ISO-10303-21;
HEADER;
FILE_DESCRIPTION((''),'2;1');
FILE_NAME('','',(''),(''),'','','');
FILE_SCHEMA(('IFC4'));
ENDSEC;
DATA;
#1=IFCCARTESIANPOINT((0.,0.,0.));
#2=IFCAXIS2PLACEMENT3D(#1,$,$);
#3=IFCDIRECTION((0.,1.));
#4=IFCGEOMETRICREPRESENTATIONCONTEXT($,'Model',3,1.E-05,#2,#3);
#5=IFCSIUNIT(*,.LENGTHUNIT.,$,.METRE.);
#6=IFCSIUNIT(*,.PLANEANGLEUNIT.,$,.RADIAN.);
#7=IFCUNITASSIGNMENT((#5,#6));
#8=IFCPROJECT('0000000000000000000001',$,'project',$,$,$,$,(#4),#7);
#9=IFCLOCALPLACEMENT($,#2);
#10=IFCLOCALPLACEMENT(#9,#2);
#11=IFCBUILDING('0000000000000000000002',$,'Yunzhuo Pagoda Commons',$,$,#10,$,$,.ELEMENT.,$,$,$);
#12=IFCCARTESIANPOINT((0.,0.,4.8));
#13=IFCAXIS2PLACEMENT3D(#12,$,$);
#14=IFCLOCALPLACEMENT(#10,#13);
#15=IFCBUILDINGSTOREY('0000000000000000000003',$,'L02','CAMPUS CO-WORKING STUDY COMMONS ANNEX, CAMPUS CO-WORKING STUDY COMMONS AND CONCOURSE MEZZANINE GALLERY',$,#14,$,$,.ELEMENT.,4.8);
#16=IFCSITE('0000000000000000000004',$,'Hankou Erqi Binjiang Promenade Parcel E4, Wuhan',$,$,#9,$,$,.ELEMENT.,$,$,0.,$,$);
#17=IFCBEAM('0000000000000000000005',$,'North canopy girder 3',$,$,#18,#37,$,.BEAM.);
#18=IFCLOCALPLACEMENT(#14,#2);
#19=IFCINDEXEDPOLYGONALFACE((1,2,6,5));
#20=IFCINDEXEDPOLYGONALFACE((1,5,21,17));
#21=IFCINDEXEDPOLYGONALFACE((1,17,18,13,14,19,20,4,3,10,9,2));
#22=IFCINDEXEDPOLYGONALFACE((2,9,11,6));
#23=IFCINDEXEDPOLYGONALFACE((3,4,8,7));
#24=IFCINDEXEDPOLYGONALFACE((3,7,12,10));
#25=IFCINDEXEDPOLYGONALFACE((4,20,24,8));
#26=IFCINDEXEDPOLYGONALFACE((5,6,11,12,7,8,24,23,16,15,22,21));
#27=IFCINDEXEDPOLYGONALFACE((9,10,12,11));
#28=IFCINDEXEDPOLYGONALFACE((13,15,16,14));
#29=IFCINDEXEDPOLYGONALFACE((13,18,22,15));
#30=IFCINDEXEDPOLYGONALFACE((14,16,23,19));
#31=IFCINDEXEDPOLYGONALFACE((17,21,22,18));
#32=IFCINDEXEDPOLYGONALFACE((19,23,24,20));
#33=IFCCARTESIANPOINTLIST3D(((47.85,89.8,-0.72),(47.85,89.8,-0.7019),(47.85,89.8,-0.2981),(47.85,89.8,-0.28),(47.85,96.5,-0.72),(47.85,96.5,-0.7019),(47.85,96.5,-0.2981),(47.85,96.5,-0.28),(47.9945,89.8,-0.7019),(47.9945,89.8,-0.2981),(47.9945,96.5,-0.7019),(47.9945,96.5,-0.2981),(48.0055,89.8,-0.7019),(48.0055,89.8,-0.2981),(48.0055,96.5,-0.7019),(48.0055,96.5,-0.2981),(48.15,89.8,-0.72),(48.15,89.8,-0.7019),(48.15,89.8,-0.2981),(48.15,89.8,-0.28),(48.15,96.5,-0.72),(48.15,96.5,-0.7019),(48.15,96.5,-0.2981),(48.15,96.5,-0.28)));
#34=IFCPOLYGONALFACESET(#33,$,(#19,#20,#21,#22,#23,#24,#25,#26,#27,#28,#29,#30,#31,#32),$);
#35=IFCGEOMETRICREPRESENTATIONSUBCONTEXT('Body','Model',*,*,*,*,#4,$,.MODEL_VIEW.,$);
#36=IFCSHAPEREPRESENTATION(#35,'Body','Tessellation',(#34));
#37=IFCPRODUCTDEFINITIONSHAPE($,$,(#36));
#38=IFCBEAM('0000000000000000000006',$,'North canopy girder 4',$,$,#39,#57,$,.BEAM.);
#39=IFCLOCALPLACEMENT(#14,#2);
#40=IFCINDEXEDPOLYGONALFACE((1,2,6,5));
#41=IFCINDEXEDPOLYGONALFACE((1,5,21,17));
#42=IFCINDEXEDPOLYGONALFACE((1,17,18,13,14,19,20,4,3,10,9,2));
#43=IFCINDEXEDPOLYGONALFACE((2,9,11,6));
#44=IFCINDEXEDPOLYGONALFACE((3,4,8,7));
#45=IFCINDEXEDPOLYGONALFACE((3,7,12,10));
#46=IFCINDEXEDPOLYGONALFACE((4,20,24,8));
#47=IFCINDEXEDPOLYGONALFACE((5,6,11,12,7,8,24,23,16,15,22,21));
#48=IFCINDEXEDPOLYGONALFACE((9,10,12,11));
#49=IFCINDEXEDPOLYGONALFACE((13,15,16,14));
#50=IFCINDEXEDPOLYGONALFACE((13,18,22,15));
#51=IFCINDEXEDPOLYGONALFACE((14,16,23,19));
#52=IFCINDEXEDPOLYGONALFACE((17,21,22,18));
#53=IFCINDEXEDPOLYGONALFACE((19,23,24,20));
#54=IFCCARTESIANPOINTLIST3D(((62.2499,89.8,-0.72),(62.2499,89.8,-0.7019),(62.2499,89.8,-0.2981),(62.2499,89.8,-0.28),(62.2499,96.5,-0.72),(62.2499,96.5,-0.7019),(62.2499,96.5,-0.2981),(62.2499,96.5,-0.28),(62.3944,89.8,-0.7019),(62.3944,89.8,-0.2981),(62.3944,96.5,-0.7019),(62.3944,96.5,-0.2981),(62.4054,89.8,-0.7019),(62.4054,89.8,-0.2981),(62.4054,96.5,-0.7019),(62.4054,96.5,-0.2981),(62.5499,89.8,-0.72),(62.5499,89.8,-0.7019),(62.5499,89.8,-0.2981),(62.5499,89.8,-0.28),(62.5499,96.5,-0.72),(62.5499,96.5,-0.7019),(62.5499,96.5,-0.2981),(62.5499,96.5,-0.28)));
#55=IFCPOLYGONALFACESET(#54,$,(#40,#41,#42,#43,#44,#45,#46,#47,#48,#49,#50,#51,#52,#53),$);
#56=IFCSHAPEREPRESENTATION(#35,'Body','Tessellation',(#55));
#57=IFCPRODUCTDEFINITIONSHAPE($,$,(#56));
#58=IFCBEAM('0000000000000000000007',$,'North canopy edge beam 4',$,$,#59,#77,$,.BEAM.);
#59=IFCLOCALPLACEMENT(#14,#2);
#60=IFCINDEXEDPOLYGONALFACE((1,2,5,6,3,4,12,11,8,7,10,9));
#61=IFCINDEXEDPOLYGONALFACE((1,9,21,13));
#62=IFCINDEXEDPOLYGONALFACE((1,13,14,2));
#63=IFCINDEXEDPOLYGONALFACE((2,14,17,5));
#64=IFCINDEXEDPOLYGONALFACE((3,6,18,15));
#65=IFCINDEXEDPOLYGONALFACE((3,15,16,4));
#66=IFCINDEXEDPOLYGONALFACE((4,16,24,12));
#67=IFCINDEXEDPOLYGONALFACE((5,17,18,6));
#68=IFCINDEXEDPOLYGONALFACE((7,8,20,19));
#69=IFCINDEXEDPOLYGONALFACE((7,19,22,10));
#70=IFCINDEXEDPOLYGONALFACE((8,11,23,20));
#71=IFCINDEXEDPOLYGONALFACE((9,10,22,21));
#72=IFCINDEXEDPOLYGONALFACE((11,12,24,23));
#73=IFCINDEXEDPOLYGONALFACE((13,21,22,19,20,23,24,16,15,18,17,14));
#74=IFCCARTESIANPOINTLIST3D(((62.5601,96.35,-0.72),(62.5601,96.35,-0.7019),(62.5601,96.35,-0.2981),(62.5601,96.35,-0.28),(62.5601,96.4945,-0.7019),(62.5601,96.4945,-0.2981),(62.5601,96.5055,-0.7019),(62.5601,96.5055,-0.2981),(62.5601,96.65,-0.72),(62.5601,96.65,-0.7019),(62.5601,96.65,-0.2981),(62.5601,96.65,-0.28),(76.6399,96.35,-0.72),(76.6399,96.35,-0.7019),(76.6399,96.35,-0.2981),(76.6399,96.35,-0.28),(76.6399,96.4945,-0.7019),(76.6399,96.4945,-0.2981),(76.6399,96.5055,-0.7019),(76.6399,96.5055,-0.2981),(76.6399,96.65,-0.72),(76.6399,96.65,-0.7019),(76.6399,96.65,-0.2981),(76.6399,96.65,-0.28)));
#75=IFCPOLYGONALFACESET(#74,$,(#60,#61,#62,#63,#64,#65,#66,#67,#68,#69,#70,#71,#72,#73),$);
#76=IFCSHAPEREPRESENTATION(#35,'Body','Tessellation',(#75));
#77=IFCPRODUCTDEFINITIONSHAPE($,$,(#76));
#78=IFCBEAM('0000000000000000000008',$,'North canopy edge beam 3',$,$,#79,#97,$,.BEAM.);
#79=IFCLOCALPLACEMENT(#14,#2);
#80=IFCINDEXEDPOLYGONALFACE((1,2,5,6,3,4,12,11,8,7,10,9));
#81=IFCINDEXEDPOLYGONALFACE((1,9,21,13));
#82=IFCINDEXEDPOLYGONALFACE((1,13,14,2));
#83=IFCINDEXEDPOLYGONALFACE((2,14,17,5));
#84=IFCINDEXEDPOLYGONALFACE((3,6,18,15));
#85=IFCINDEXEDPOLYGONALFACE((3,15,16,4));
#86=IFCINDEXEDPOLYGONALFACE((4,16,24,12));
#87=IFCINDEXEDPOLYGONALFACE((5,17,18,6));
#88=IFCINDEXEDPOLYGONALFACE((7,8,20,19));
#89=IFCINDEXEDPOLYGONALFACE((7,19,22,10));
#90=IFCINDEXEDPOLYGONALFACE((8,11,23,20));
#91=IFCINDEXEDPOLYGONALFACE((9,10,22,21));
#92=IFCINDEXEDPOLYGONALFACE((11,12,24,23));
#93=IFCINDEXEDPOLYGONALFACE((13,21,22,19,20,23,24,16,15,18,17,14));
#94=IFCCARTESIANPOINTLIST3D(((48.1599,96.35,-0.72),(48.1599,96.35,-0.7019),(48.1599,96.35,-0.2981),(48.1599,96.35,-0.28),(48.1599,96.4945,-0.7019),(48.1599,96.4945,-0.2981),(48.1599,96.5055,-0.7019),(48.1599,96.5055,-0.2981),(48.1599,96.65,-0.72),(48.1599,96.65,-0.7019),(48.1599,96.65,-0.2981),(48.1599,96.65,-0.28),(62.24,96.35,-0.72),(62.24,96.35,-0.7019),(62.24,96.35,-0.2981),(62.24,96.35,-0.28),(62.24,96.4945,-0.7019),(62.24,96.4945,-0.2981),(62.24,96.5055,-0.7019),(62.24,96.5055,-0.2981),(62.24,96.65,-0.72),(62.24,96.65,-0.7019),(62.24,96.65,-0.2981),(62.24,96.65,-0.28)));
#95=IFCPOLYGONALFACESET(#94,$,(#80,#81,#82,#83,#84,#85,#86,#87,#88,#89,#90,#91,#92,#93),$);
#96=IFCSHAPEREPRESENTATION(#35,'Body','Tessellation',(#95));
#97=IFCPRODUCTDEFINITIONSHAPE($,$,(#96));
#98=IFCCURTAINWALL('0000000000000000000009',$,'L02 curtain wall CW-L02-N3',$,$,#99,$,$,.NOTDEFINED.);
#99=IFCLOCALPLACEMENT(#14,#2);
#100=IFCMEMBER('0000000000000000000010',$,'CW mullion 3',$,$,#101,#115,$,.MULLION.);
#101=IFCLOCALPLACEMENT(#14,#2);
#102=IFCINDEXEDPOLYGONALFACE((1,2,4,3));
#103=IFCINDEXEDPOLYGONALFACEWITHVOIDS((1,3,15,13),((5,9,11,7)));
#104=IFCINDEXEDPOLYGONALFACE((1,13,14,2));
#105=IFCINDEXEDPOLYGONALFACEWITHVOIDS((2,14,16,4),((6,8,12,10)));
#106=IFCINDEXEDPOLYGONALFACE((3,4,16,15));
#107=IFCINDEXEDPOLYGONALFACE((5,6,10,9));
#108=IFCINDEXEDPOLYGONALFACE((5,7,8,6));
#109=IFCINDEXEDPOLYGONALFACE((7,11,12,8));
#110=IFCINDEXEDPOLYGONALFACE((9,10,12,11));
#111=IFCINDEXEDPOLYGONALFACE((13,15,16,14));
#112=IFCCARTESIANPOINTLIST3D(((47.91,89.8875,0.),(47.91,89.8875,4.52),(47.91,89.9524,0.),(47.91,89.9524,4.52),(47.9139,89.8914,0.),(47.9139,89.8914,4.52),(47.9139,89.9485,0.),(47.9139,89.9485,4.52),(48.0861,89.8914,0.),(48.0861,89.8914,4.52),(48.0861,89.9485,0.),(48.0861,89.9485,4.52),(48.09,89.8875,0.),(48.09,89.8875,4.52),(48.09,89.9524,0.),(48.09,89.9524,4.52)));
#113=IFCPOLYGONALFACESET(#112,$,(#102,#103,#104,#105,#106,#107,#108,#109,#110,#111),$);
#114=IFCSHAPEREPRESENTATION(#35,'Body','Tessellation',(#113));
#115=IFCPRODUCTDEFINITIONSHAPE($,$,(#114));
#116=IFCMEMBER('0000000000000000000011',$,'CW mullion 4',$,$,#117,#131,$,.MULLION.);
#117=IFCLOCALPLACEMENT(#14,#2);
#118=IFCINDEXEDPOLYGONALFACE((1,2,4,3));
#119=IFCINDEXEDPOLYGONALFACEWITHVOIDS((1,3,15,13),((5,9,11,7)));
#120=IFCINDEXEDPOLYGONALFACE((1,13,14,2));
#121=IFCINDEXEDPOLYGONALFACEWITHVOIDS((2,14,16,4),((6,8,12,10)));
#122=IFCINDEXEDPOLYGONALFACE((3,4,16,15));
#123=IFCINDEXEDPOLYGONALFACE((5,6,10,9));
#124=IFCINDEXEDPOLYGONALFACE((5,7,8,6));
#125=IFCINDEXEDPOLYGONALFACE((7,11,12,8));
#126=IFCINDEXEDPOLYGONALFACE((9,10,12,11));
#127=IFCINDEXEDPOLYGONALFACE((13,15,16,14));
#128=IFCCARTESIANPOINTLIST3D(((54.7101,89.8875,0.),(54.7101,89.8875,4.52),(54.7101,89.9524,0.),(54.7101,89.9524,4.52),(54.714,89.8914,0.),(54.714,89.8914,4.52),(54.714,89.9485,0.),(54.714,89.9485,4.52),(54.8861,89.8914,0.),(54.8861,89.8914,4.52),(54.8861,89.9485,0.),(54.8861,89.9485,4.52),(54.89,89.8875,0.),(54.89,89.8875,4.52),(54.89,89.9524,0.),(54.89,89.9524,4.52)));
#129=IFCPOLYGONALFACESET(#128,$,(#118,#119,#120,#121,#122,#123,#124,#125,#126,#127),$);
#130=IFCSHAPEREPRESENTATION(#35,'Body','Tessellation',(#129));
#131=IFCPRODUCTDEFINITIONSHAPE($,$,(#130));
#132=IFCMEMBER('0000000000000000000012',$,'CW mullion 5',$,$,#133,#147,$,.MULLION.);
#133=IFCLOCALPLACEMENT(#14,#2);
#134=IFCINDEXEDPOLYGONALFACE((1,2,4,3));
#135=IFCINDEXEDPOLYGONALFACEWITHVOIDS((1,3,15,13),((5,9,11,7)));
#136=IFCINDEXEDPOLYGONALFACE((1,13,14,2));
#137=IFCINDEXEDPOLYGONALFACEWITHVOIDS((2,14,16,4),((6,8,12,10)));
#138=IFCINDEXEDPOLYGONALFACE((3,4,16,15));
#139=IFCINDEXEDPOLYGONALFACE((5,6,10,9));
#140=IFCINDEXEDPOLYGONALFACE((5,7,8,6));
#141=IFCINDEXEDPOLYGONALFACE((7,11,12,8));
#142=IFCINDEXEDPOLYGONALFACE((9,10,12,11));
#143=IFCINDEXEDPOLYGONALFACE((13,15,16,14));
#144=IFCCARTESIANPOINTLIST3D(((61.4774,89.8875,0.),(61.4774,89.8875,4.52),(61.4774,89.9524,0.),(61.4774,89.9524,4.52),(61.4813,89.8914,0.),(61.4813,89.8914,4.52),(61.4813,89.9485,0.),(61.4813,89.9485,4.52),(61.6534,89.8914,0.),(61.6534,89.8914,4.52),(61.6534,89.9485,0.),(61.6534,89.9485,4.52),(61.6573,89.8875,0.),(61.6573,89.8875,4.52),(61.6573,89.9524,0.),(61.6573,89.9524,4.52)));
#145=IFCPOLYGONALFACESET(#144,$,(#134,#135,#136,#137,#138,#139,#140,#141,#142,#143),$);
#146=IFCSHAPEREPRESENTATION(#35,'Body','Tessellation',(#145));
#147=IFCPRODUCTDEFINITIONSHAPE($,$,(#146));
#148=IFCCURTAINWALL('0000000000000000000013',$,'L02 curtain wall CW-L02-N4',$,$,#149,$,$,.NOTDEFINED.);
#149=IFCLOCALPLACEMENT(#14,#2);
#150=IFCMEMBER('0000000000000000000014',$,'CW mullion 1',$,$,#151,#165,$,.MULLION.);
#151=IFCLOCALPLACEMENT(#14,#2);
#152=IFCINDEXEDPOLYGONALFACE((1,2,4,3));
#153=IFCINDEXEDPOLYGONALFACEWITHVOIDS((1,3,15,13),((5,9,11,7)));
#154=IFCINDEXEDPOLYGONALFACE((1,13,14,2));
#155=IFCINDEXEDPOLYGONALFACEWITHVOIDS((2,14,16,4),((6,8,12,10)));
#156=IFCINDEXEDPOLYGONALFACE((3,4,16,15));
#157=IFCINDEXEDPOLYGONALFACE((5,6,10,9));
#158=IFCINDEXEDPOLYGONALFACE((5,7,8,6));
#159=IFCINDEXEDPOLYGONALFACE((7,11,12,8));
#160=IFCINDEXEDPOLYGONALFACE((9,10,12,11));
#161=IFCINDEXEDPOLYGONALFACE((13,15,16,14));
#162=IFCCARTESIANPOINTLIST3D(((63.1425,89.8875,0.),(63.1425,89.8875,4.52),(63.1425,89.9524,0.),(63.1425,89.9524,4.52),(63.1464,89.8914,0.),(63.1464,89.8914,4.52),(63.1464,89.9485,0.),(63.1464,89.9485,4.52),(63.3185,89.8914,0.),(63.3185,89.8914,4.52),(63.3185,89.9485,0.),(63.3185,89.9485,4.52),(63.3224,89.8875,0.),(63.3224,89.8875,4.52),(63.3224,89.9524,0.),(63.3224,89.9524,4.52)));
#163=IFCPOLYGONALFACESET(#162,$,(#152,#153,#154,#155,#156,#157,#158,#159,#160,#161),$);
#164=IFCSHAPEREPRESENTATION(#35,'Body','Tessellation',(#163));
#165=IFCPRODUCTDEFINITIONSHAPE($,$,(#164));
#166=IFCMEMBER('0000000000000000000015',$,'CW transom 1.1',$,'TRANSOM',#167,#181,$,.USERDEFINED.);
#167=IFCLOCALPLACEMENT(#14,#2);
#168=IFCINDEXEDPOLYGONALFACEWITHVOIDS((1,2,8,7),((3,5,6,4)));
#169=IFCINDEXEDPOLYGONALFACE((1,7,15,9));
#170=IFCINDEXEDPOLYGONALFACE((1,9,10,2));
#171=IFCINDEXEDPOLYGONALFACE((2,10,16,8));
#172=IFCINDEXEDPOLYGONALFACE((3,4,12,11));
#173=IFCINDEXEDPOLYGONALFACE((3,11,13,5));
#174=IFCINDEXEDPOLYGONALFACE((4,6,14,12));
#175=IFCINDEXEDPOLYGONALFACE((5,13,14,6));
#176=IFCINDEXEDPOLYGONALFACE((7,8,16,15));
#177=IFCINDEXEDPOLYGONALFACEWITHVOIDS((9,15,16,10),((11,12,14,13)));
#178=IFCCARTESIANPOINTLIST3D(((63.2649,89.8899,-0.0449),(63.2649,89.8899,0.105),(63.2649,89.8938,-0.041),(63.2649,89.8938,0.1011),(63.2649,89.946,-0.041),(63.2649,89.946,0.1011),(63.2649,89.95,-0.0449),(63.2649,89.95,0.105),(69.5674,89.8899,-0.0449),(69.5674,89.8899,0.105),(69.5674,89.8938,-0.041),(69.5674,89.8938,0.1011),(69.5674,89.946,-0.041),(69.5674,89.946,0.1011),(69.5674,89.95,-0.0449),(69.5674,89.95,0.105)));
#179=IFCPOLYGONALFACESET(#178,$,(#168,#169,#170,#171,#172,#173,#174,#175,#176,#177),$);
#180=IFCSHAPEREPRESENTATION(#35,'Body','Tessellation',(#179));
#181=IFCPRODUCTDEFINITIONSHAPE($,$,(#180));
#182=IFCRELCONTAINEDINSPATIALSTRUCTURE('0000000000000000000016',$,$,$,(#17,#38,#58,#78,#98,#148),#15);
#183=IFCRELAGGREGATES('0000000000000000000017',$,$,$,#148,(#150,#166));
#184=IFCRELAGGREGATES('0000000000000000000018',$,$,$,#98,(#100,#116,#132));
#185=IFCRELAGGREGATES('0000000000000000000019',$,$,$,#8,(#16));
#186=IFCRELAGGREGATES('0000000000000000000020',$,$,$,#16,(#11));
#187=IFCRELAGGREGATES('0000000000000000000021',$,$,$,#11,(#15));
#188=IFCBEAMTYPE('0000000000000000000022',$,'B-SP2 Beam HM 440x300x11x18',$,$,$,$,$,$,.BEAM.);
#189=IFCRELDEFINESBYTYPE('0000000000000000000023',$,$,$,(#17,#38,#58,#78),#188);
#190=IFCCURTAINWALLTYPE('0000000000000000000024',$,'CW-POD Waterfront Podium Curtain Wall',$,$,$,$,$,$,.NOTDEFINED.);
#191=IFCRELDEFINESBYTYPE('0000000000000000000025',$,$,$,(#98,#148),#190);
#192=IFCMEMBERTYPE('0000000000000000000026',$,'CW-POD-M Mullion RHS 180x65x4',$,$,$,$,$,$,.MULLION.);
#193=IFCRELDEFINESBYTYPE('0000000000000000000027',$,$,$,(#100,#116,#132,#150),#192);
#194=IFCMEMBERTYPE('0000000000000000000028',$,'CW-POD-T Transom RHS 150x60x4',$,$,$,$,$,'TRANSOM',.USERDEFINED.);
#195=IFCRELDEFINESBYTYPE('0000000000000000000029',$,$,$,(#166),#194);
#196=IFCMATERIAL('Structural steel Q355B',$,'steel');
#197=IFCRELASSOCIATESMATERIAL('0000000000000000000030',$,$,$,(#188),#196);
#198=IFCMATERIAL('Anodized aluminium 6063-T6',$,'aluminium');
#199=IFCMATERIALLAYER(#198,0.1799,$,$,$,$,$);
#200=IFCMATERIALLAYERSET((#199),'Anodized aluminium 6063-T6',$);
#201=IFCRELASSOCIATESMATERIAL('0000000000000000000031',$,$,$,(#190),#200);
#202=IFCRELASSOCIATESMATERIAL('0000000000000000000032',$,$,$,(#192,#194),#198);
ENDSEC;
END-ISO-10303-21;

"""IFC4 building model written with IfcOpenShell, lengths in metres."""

from ifc_helpers import new_model, si_unit, direction, frame, origin, origin_2d, place, context, subcontext, project, spatial, hollow_rectangle, i_section, extrude, source, transform, mapped, material, layer, layer_set, material_profile, profile_set, type_object, element, aggregate, save


model = new_model("IFC4")

# Units and contexts
model_context = context("Model", 3, precision=1e-05, world=origin(), true_north=direction((0.0, 1.0)))
body_context = subcontext(model_context, "Body", "Model", "MODEL_VIEW")
ifc_project = project(units=[si_unit("LENGTHUNIT", "METRE"), si_unit("PLANEANGLEUNIT", "RADIAN")], contexts=[model_context])

# Site, building, storey
site_placement = place(None, origin())
site = spatial("IfcSite", under=ifc_project, at=site_placement, Name="Hankou Erqi Binjiang Promenade Parcel E4, Wuhan", CompositionType="ELEMENT", RefElevation=0.0)
building_placement = place(site_placement, origin())
building = spatial("IfcBuilding", under=site, at=building_placement, Name="Yunzhuo Pagoda Commons", CompositionType="ELEMENT")
storey_placement = place(building_placement, frame((0.0, 0.0, 4.8)))
storey = spatial("IfcBuildingStorey", under=building, at=storey_placement, Name="L02", Description="CAMPUS CO-WORKING STUDY COMMONS ANNEX, CAMPUS CO-WORKING STUDY COMMONS AND CONCOURSE MEZZANINE GALLERY", CompositionType="ELEMENT", Elevation=4.8)

# Beams
ifc_material_1 = material(Name="Structural steel Q355B", Category="steel")
ifc_material_profile_1 = material_profile(ifc_material_1, i_section(OverallWidth=0.3, OverallDepth=0.4399, WebThickness=0.011, FlangeThickness=0.0181, at=origin_2d()), Name="Structural steel Q355B")
ifc_profile_set_1 = profile_set([ifc_material_profile_1], Name="Structural steel Q355B")
beam_type_1 = type_object("IfcBeamType", Name="B-SP2 Beam HM 440x300x11x18", PredefinedType="BEAM", material=ifc_profile_set_1)
shared_shape_1 = source(origin(), body_context, "Body", "SweptSolid", [
    extrude(i_section(OverallWidth=0.3, OverallDepth=0.4399, WebThickness=0.011, FlangeThickness=0.0181, at=origin_2d()), origin(), (0.0, 0.0, 1.0), 6.7),
])
for number, where, z_axis, x_axis, name in (
    (1, (48.0, 89.8, -0.5), (0.0, 1.0, 0.0), (-1.0, 0.0, 0.0), "North canopy girder 3"),
    (2, (62.3999, 89.8, -0.5), (0.0, 1.0, 0.0), (-1.0, 0.0, 0.0), "North canopy girder 4"),
):
    element("IfcBeam", number, at=place(storey_placement, frame(where, z_axis=z_axis, x_axis=x_axis)), inside=storey, type_object=beam_type_1, Name=name, PredefinedType="BEAM", context=body_context, shape_type="MappedRepresentation", body=[
        mapped(shared_shape_1, transform((0.0, 0.0, 0.0), scale=1.0)),
    ])
shared_shape_2 = source(origin(), body_context, "Body", "SweptSolid", [
    extrude(i_section(OverallWidth=0.3, OverallDepth=0.4399, WebThickness=0.011, FlangeThickness=0.0181, at=origin_2d()), origin(), (0.0, 0.0, 1.0), 14.0798),
])
beam_1_placement = place(storey_placement, frame((62.5601, 96.5, -0.5), z_axis=(1.0, 0.0, 0.0), x_axis=(0.0, 1.0, 0.0)))
element("IfcBeam", 3, at=beam_1_placement, inside=storey, type_object=beam_type_1, Name="North canopy edge beam 4", PredefinedType="BEAM", context=body_context, shape_type="MappedRepresentation", body=[
    mapped(shared_shape_2, transform((0.0, 0.0, 0.0), scale=1.0)),
])
shared_shape_3 = source(origin(), body_context, "Body", "SweptSolid", [
    extrude(i_section(OverallWidth=0.3, OverallDepth=0.4399, WebThickness=0.011, FlangeThickness=0.0181, at=origin_2d()), origin(), (0.0, 0.0, 1.0), 14.0801),
])
beam_2_placement = place(storey_placement, frame((48.1599, 96.5, -0.5), z_axis=(1.0, 0.0, 0.0), x_axis=(0.0, 1.0, 0.0)))
element("IfcBeam", 4, at=beam_2_placement, inside=storey, type_object=beam_type_1, Name="North canopy edge beam 3", PredefinedType="BEAM", context=body_context, shape_type="MappedRepresentation", body=[
    mapped(shared_shape_3, transform((0.0, 0.0, 0.0), scale=1.0)),
])

# Curtain walls, members
ifc_material_2 = material(Name="Anodized aluminium 6063-T6", Category="aluminium")
ifc_layer_1 = layer(ifc_material_2, 0.1799)
ifc_layer_set_1 = layer_set([ifc_layer_1], Name="Anodized aluminium 6063-T6")
curtain_wall_type = type_object("IfcCurtainWallType", Name="CW-POD Waterfront Podium Curtain Wall", PredefinedType="NOTDEFINED", material=ifc_layer_set_1)
curtain_wall_1_placement = place(storey_placement, origin())
curtain_wall_1 = element("IfcCurtainWall", 5, at=curtain_wall_1_placement, inside=storey, type_object=curtain_wall_type, Name="L02 curtain wall CW-L02-N3", PredefinedType="NOTDEFINED")
ifc_material_profile_2 = material_profile(ifc_material_2, hollow_rectangle(XDim=0.0649, YDim=0.1799, WallThickness=0.0039, at=origin_2d()), Name="Anodized aluminium 6063-T6")
ifc_profile_set_2 = profile_set([ifc_material_profile_2], Name="Anodized aluminium 6063-T6")
member_type_1 = type_object("IfcMemberType", Name="CW-POD-M Mullion RHS 180x65x4", PredefinedType="MULLION", material=ifc_profile_set_2)
shared_shape_4 = source(origin(), body_context, "Body", "SweptSolid", [
    extrude(hollow_rectangle(XDim=0.0649, YDim=0.1799, WallThickness=0.0039, at=origin_2d()), origin(), (0.0, 0.0, 1.0), 4.52),
])
member_1_placement = place(storey_placement, frame((48.0, 89.9199, 0.0), z_axis=(0.0, 0.0, 1.0), x_axis=(0.0, 1.0, 0.0)))
member_1 = element("IfcMember", 6, at=member_1_placement, type_object=member_type_1, Name="CW mullion 3", PredefinedType="MULLION", context=body_context, shape_type="MappedRepresentation", body=[
    mapped(shared_shape_4, transform((0.0, 0.0, 0.0), scale=1.0)),
])
member_2_placement = place(storey_placement, frame((54.8, 89.9199, 0.0), z_axis=(0.0, 0.0, 1.0), x_axis=(0.0, 1.0, 0.0)))
member_2 = element("IfcMember", 7, at=member_2_placement, type_object=member_type_1, Name="CW mullion 4", PredefinedType="MULLION", context=body_context, shape_type="MappedRepresentation", body=[
    mapped(shared_shape_4, transform((0.0, 0.0, 0.0), scale=1.0)),
])
member_3_placement = place(storey_placement, frame((61.5674, 89.9199, 0.0), z_axis=(0.0, 0.0, 1.0), x_axis=(0.0, 1.0, 0.0)))
member_3 = element("IfcMember", 8, at=member_3_placement, type_object=member_type_1, Name="CW mullion 5", PredefinedType="MULLION", context=body_context, shape_type="MappedRepresentation", body=[
    mapped(shared_shape_4, transform((0.0, 0.0, 0.0), scale=1.0)),
])
curtain_wall_2_placement = place(storey_placement, origin())
curtain_wall_2 = element("IfcCurtainWall", 9, at=curtain_wall_2_placement, inside=storey, type_object=curtain_wall_type, Name="L02 curtain wall CW-L02-N4", PredefinedType="NOTDEFINED")
member_4_placement = place(storey_placement, frame((63.2324, 89.9199, 0.0), z_axis=(0.0, 0.0, 1.0), x_axis=(0.0, 1.0, 0.0)))
member_4 = element("IfcMember", 10, at=member_4_placement, type_object=member_type_1, Name="CW mullion 1", PredefinedType="MULLION", context=body_context, shape_type="MappedRepresentation", body=[
    mapped(shared_shape_4, transform((0.0, 0.0, 0.0), scale=1.0)),
])
ifc_material_profile_3 = material_profile(ifc_material_2, hollow_rectangle(XDim=0.0601, YDim=0.1499, WallThickness=0.0039, at=origin_2d()), Name="Anodized aluminium 6063-T6")
ifc_profile_set_3 = profile_set([ifc_material_profile_3], Name="Anodized aluminium 6063-T6")
member_type_2 = type_object("IfcMemberType", Name="CW-POD-T Transom RHS 150x60x4", ElementType="TRANSOM", PredefinedType="USERDEFINED", material=ifc_profile_set_3)
shared_shape_5 = source(origin(), body_context, "Body", "SweptSolid", [
    extrude(hollow_rectangle(XDim=0.0601, YDim=0.1499, WallThickness=0.0039, at=origin_2d()), origin(), (0.0, 0.0, 1.0), 6.3025),
])
member_5_placement = place(storey_placement, frame((63.2649, 89.9199, 0.03), z_axis=(1.0, 0.0, 0.0), x_axis=(0.0, 1.0, 0.0)))
member_5 = element("IfcMember", 11, at=member_5_placement, type_object=member_type_2, Name="CW transom 1.1", ObjectType="TRANSOM", PredefinedType="USERDEFINED", context=body_context, shape_type="MappedRepresentation", body=[
    mapped(shared_shape_5, transform((0.0, 0.0, 0.0), scale=1.0)),
])
aggregate(curtain_wall_2, [member_4, member_5])

aggregate(curtain_wall_1, [member_1, member_2, member_3])

save(model, "model.ifc")
